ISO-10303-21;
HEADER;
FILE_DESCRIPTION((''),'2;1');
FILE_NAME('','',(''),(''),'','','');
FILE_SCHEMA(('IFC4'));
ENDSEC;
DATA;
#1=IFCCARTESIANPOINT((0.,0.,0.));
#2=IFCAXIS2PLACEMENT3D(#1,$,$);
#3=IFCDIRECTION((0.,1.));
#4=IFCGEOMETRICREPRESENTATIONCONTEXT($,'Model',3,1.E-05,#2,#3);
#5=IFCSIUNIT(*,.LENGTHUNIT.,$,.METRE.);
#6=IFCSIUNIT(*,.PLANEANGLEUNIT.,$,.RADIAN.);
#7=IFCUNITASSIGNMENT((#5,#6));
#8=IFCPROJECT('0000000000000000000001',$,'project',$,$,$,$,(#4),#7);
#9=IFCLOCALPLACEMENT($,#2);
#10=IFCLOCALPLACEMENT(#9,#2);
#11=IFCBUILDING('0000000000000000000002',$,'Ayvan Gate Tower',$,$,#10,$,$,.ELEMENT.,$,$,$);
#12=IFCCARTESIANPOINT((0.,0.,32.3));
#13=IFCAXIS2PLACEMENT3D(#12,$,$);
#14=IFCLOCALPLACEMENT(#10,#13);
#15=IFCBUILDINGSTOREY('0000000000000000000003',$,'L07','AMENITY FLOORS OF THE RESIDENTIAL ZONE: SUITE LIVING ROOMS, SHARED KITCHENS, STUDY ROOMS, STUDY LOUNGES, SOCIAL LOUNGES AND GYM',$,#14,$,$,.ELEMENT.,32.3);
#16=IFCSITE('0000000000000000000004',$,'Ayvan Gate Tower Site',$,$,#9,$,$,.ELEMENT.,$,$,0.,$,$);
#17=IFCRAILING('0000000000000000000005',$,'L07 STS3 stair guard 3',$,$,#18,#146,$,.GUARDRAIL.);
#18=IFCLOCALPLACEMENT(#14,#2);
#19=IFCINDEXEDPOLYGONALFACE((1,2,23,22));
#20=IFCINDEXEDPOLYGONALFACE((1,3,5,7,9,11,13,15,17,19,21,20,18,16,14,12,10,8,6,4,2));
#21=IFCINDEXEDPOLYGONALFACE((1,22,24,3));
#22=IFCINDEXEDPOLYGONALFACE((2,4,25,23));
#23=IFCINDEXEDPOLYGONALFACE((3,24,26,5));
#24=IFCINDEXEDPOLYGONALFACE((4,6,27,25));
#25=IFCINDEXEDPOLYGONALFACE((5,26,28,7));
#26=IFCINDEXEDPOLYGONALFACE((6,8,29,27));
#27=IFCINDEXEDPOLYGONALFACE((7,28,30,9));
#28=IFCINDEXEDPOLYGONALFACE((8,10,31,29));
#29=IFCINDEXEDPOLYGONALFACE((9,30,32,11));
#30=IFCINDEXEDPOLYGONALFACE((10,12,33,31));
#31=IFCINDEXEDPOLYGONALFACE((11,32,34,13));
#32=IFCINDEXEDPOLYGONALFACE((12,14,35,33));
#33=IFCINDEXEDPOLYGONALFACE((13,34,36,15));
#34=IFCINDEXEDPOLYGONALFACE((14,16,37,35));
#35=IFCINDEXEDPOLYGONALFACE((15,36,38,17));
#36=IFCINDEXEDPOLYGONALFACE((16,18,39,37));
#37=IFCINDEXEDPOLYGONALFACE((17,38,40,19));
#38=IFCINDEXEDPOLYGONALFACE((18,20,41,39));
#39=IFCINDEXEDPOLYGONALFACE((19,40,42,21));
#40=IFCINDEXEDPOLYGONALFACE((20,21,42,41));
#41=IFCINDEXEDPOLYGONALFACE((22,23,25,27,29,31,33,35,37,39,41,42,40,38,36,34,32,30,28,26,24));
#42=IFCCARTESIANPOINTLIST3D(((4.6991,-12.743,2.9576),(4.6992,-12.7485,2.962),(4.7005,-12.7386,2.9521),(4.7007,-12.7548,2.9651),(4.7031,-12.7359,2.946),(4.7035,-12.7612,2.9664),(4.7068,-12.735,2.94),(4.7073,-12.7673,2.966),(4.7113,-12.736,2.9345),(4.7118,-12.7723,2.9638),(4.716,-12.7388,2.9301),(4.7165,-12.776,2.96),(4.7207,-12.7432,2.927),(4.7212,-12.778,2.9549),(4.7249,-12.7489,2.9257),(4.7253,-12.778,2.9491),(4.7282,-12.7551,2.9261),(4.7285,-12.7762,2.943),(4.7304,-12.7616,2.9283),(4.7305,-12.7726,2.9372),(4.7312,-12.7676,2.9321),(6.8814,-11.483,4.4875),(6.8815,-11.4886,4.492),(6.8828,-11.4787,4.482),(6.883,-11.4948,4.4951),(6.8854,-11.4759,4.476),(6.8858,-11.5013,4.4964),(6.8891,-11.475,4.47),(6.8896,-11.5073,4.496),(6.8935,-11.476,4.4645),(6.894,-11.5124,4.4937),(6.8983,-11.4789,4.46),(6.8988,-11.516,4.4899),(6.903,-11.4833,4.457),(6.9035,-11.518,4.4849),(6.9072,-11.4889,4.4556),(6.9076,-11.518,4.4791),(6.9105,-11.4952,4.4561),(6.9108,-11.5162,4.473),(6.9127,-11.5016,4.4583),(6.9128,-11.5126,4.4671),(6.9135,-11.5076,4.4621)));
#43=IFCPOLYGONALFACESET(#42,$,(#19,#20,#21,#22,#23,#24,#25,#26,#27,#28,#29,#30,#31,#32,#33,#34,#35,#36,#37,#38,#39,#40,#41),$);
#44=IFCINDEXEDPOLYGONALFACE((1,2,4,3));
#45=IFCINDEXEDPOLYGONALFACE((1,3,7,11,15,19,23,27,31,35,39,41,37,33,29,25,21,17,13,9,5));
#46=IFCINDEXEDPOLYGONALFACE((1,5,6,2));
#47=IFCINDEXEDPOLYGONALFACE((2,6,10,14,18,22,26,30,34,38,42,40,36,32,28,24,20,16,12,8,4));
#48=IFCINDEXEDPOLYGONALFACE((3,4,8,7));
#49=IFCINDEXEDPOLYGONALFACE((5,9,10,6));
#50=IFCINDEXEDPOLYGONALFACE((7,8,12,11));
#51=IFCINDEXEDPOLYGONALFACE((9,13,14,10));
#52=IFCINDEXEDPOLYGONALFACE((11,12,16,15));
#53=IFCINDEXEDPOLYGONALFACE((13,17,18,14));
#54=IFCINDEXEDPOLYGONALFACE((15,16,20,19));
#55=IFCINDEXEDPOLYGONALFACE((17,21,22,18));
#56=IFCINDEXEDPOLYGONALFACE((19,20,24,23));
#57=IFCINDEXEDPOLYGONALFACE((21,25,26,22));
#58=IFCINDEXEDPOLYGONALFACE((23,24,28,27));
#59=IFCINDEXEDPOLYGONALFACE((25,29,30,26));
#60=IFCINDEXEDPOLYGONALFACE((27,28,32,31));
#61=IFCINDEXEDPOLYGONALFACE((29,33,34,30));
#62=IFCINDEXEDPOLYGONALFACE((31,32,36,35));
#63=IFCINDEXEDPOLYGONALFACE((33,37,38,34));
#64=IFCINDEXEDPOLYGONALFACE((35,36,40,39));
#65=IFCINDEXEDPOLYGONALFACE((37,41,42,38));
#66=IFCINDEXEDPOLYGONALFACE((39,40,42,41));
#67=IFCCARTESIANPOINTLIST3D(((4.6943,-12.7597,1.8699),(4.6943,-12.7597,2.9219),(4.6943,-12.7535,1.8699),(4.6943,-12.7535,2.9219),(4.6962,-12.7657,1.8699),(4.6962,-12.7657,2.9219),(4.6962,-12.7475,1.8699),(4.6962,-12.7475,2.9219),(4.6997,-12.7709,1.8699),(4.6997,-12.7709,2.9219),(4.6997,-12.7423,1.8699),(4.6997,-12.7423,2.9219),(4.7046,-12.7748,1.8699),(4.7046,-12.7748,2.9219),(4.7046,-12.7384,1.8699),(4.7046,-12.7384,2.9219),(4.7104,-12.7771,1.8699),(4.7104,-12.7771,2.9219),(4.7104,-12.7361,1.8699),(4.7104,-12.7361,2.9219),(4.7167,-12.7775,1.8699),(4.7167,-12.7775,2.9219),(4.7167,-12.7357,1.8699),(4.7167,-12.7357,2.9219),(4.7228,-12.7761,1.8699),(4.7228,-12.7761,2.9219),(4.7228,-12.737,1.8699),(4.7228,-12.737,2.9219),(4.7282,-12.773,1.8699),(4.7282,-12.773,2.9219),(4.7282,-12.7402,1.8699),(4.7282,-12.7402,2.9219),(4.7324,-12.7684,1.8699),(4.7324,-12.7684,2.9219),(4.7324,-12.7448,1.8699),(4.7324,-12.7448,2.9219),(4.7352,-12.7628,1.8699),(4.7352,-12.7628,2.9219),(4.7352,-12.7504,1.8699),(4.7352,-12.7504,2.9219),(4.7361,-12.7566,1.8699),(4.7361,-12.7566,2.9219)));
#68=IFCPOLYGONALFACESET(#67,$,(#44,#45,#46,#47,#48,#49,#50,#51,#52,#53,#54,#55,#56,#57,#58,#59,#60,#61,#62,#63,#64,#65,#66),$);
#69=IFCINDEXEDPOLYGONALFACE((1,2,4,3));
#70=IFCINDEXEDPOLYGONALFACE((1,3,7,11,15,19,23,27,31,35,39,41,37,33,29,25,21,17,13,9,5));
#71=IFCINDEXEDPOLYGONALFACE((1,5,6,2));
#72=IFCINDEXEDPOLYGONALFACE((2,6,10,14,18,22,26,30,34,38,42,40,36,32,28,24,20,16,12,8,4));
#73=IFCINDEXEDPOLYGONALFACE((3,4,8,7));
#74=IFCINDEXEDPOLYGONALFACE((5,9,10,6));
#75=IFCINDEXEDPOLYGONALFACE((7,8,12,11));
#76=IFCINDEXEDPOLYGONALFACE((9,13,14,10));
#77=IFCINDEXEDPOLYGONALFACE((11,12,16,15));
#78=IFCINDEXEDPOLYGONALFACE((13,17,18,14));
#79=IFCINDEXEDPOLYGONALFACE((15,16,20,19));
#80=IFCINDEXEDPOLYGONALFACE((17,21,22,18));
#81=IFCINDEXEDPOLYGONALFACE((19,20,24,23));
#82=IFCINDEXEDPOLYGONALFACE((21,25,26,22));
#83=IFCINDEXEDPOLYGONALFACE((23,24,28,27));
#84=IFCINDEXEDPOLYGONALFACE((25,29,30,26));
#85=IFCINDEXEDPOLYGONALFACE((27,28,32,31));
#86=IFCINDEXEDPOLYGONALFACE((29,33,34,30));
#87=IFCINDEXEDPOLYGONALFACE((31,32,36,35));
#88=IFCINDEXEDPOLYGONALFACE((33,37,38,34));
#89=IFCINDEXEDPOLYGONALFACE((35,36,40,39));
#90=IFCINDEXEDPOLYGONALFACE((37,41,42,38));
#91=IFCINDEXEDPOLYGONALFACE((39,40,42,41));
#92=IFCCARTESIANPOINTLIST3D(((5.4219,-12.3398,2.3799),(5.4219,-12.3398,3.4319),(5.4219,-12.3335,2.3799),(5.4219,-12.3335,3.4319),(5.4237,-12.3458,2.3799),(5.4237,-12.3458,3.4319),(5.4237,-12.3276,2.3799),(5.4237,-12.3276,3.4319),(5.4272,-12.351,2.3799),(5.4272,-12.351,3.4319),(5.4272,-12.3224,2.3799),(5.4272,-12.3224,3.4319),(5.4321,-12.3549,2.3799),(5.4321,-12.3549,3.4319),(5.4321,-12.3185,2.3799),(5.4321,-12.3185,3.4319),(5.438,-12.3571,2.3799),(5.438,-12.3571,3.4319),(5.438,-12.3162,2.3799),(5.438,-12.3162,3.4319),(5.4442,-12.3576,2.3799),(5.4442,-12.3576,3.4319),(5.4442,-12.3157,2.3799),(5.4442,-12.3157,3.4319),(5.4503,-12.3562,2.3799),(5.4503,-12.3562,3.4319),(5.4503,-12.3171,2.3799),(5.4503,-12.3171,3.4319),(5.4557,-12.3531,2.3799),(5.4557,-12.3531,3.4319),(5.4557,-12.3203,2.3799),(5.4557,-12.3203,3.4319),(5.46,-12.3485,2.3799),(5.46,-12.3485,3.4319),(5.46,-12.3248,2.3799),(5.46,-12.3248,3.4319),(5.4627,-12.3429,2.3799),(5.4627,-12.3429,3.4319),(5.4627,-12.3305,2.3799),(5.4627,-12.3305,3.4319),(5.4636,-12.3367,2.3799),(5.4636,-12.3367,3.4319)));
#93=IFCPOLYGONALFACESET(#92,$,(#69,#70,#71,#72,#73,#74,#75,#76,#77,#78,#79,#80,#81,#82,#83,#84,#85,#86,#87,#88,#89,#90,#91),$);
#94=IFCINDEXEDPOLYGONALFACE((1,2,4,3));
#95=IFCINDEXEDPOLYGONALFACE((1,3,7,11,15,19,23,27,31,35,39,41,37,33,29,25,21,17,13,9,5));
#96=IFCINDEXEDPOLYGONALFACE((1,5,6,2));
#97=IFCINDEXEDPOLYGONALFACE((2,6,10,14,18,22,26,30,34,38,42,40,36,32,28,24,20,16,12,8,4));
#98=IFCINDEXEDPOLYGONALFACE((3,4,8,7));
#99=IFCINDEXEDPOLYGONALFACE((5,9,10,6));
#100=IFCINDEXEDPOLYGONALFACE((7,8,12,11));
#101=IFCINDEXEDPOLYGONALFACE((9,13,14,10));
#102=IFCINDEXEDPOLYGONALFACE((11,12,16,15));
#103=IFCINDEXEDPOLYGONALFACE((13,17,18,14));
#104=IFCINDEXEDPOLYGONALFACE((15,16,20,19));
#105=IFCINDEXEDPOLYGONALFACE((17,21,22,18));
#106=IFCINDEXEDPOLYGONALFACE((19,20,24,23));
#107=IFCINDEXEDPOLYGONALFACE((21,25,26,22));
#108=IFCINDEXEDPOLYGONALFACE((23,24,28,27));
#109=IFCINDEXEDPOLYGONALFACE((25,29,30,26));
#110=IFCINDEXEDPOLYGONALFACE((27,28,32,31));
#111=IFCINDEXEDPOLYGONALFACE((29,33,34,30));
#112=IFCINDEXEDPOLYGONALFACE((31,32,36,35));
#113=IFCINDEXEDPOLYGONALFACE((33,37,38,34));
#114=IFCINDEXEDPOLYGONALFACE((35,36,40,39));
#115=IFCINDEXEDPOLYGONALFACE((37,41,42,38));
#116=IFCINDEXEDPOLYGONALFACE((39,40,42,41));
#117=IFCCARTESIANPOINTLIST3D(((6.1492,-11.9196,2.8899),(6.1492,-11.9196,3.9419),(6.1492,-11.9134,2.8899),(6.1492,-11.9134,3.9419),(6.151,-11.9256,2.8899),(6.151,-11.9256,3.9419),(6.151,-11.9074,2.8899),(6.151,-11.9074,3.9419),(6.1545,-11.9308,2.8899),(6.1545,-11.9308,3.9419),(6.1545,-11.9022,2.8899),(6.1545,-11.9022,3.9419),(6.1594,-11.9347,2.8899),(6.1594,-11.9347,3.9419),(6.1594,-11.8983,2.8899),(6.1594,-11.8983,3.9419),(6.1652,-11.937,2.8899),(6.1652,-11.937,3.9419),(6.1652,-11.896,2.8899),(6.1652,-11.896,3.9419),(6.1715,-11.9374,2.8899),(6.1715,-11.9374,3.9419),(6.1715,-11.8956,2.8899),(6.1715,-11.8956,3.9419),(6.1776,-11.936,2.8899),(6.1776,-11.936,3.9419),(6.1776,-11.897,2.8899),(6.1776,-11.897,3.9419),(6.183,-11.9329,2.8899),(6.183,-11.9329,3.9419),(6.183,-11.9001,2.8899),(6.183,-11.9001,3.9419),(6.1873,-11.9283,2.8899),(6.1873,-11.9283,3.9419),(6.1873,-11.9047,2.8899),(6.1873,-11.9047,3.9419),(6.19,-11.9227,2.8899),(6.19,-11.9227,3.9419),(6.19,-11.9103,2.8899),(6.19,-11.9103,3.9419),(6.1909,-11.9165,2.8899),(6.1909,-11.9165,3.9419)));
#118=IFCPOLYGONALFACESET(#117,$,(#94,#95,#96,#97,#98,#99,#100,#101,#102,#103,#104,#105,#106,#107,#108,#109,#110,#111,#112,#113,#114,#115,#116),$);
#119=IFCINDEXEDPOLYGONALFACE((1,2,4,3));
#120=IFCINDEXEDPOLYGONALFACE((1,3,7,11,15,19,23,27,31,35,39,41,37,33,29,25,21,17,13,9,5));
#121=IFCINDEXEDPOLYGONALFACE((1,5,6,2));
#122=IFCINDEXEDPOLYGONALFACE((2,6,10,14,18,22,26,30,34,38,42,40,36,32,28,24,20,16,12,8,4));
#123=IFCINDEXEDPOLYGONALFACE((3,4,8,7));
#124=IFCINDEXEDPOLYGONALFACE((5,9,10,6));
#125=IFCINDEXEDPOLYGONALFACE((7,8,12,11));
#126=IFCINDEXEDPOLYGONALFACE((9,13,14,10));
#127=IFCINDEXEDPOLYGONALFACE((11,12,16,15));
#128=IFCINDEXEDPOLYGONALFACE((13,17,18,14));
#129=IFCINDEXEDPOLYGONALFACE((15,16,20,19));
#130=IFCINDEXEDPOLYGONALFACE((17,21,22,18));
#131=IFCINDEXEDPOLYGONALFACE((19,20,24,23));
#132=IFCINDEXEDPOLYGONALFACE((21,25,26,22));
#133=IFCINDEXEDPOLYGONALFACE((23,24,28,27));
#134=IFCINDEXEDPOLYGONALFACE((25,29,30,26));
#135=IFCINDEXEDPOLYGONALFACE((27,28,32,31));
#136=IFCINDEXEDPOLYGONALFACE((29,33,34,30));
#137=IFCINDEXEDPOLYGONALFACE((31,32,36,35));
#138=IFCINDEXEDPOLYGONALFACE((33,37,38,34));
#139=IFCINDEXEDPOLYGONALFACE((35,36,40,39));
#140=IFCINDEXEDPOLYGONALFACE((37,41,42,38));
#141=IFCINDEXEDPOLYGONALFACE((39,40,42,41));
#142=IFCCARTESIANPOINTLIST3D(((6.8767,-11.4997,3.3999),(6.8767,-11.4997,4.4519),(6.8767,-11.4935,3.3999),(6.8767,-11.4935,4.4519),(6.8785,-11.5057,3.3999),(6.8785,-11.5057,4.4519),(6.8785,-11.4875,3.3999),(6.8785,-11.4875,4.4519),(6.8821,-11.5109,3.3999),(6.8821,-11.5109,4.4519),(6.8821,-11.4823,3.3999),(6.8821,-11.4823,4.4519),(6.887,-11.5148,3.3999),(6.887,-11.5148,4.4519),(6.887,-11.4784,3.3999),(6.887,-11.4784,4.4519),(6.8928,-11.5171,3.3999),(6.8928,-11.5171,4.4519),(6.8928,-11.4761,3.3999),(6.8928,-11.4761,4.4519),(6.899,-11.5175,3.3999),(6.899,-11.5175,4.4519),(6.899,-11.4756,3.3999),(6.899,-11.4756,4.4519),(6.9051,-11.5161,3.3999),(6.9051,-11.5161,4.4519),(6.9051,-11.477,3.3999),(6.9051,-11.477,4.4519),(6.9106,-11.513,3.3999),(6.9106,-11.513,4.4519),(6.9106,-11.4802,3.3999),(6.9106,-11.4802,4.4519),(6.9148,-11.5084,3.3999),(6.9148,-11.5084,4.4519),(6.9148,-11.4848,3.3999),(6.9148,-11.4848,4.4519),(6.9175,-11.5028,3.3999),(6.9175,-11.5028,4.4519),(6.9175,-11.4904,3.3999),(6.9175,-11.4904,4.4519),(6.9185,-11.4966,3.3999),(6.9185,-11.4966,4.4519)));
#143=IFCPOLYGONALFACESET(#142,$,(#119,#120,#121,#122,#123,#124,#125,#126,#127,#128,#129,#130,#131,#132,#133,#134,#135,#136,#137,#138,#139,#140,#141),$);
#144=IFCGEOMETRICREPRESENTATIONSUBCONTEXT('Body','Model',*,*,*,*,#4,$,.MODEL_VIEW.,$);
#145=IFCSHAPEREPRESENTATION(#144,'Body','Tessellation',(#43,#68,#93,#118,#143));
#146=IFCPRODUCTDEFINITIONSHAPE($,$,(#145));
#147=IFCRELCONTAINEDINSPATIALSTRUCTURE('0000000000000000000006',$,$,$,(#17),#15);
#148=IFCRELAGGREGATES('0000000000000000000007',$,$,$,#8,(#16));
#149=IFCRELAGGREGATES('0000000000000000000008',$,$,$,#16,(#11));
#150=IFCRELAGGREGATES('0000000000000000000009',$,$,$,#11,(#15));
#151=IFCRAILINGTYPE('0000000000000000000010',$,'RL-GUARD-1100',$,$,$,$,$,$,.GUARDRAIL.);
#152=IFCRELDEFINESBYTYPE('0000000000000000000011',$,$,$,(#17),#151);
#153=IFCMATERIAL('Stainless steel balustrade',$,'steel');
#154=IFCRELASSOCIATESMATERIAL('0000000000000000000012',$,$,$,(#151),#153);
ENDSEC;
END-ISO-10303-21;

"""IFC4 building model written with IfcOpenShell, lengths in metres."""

from ifc_helpers import new_model, si_unit, direction, frame, origin, origin_2d, place, context, subcontext, project, spatial, circle, extrude, material, type_object, element, save


model = new_model("IFC4")

# Units and contexts
model_context = context("Model", 3, precision=1e-05, world=origin(), true_north=direction((0.0, 1.0)))
body_context = subcontext(model_context, "Body", "Model", "MODEL_VIEW")
ifc_project = project(units=[si_unit("LENGTHUNIT", "METRE"), si_unit("PLANEANGLEUNIT", "RADIAN")], contexts=[model_context])

# Site, building, storey
site_placement = place(None, origin())
site = spatial("IfcSite", under=ifc_project, at=site_placement, Name="Ayvan Gate Tower Site", CompositionType="ELEMENT", RefElevation=0.0)
building_placement = place(site_placement, origin())
building = spatial("IfcBuilding", under=site, at=building_placement, Name="Ayvan Gate Tower", CompositionType="ELEMENT")
storey_placement = place(building_placement, frame((0.0, 0.0, 32.3)))
storey = spatial("IfcBuildingStorey", under=building, at=storey_placement, Name="L07", Description="AMENITY FLOORS OF THE RESIDENTIAL ZONE: SUITE LIVING ROOMS, SHARED KITCHENS, STUDY ROOMS, STUDY LOUNGES, SOCIAL LOUNGES AND GYM", CompositionType="ELEMENT", Elevation=32.3)

# Railing
ifc_material_1 = material(Name="Stainless steel balustrade", Category="steel")
railing_type_1 = type_object("IfcRailingType", Name="RL-GUARD-1100", PredefinedType="GUARDRAIL", material=ifc_material_1)
railing_1_placement = place(storey_placement, frame((4.7151, -12.7566, 1.8699)))
element("IfcRailing", 1, at=railing_1_placement, inside=storey, type_object=railing_type_1, Name="L07 STS3 stair guard 3", PredefinedType="GUARDRAIL", context=body_context, shape_type="SweptSolid", body=[
    extrude(circle(Radius=0.0239, at=origin_2d()), frame((0.0, 0.0, 1.0762), z_axis=(0.740261, 0.427395, 0.518986), x_axis=(-0.500005, 0.866023, 0.0)), (0.0, 0.0, 1.0), 2.948),
    extrude(circle(Radius=0.021, at=origin_2d()), origin(), (0.0, 0.0, 1.0), 1.052),
    extrude(circle(Radius=0.021, at=origin_2d()), frame((0.7275, 0.4199, 0.51)), (0.0, 0.0, 1.0), 1.052),
    extrude(circle(Radius=0.021, at=origin_2d()), frame((1.4548, 0.8401, 1.02)), (0.0, 0.0, 1.0), 1.052),
    extrude(circle(Radius=0.021, at=origin_2d()), frame((2.1824, 1.26, 1.53)), (0.0, 0.0, 1.0), 1.052),
])

save(model, "model.ifc")
